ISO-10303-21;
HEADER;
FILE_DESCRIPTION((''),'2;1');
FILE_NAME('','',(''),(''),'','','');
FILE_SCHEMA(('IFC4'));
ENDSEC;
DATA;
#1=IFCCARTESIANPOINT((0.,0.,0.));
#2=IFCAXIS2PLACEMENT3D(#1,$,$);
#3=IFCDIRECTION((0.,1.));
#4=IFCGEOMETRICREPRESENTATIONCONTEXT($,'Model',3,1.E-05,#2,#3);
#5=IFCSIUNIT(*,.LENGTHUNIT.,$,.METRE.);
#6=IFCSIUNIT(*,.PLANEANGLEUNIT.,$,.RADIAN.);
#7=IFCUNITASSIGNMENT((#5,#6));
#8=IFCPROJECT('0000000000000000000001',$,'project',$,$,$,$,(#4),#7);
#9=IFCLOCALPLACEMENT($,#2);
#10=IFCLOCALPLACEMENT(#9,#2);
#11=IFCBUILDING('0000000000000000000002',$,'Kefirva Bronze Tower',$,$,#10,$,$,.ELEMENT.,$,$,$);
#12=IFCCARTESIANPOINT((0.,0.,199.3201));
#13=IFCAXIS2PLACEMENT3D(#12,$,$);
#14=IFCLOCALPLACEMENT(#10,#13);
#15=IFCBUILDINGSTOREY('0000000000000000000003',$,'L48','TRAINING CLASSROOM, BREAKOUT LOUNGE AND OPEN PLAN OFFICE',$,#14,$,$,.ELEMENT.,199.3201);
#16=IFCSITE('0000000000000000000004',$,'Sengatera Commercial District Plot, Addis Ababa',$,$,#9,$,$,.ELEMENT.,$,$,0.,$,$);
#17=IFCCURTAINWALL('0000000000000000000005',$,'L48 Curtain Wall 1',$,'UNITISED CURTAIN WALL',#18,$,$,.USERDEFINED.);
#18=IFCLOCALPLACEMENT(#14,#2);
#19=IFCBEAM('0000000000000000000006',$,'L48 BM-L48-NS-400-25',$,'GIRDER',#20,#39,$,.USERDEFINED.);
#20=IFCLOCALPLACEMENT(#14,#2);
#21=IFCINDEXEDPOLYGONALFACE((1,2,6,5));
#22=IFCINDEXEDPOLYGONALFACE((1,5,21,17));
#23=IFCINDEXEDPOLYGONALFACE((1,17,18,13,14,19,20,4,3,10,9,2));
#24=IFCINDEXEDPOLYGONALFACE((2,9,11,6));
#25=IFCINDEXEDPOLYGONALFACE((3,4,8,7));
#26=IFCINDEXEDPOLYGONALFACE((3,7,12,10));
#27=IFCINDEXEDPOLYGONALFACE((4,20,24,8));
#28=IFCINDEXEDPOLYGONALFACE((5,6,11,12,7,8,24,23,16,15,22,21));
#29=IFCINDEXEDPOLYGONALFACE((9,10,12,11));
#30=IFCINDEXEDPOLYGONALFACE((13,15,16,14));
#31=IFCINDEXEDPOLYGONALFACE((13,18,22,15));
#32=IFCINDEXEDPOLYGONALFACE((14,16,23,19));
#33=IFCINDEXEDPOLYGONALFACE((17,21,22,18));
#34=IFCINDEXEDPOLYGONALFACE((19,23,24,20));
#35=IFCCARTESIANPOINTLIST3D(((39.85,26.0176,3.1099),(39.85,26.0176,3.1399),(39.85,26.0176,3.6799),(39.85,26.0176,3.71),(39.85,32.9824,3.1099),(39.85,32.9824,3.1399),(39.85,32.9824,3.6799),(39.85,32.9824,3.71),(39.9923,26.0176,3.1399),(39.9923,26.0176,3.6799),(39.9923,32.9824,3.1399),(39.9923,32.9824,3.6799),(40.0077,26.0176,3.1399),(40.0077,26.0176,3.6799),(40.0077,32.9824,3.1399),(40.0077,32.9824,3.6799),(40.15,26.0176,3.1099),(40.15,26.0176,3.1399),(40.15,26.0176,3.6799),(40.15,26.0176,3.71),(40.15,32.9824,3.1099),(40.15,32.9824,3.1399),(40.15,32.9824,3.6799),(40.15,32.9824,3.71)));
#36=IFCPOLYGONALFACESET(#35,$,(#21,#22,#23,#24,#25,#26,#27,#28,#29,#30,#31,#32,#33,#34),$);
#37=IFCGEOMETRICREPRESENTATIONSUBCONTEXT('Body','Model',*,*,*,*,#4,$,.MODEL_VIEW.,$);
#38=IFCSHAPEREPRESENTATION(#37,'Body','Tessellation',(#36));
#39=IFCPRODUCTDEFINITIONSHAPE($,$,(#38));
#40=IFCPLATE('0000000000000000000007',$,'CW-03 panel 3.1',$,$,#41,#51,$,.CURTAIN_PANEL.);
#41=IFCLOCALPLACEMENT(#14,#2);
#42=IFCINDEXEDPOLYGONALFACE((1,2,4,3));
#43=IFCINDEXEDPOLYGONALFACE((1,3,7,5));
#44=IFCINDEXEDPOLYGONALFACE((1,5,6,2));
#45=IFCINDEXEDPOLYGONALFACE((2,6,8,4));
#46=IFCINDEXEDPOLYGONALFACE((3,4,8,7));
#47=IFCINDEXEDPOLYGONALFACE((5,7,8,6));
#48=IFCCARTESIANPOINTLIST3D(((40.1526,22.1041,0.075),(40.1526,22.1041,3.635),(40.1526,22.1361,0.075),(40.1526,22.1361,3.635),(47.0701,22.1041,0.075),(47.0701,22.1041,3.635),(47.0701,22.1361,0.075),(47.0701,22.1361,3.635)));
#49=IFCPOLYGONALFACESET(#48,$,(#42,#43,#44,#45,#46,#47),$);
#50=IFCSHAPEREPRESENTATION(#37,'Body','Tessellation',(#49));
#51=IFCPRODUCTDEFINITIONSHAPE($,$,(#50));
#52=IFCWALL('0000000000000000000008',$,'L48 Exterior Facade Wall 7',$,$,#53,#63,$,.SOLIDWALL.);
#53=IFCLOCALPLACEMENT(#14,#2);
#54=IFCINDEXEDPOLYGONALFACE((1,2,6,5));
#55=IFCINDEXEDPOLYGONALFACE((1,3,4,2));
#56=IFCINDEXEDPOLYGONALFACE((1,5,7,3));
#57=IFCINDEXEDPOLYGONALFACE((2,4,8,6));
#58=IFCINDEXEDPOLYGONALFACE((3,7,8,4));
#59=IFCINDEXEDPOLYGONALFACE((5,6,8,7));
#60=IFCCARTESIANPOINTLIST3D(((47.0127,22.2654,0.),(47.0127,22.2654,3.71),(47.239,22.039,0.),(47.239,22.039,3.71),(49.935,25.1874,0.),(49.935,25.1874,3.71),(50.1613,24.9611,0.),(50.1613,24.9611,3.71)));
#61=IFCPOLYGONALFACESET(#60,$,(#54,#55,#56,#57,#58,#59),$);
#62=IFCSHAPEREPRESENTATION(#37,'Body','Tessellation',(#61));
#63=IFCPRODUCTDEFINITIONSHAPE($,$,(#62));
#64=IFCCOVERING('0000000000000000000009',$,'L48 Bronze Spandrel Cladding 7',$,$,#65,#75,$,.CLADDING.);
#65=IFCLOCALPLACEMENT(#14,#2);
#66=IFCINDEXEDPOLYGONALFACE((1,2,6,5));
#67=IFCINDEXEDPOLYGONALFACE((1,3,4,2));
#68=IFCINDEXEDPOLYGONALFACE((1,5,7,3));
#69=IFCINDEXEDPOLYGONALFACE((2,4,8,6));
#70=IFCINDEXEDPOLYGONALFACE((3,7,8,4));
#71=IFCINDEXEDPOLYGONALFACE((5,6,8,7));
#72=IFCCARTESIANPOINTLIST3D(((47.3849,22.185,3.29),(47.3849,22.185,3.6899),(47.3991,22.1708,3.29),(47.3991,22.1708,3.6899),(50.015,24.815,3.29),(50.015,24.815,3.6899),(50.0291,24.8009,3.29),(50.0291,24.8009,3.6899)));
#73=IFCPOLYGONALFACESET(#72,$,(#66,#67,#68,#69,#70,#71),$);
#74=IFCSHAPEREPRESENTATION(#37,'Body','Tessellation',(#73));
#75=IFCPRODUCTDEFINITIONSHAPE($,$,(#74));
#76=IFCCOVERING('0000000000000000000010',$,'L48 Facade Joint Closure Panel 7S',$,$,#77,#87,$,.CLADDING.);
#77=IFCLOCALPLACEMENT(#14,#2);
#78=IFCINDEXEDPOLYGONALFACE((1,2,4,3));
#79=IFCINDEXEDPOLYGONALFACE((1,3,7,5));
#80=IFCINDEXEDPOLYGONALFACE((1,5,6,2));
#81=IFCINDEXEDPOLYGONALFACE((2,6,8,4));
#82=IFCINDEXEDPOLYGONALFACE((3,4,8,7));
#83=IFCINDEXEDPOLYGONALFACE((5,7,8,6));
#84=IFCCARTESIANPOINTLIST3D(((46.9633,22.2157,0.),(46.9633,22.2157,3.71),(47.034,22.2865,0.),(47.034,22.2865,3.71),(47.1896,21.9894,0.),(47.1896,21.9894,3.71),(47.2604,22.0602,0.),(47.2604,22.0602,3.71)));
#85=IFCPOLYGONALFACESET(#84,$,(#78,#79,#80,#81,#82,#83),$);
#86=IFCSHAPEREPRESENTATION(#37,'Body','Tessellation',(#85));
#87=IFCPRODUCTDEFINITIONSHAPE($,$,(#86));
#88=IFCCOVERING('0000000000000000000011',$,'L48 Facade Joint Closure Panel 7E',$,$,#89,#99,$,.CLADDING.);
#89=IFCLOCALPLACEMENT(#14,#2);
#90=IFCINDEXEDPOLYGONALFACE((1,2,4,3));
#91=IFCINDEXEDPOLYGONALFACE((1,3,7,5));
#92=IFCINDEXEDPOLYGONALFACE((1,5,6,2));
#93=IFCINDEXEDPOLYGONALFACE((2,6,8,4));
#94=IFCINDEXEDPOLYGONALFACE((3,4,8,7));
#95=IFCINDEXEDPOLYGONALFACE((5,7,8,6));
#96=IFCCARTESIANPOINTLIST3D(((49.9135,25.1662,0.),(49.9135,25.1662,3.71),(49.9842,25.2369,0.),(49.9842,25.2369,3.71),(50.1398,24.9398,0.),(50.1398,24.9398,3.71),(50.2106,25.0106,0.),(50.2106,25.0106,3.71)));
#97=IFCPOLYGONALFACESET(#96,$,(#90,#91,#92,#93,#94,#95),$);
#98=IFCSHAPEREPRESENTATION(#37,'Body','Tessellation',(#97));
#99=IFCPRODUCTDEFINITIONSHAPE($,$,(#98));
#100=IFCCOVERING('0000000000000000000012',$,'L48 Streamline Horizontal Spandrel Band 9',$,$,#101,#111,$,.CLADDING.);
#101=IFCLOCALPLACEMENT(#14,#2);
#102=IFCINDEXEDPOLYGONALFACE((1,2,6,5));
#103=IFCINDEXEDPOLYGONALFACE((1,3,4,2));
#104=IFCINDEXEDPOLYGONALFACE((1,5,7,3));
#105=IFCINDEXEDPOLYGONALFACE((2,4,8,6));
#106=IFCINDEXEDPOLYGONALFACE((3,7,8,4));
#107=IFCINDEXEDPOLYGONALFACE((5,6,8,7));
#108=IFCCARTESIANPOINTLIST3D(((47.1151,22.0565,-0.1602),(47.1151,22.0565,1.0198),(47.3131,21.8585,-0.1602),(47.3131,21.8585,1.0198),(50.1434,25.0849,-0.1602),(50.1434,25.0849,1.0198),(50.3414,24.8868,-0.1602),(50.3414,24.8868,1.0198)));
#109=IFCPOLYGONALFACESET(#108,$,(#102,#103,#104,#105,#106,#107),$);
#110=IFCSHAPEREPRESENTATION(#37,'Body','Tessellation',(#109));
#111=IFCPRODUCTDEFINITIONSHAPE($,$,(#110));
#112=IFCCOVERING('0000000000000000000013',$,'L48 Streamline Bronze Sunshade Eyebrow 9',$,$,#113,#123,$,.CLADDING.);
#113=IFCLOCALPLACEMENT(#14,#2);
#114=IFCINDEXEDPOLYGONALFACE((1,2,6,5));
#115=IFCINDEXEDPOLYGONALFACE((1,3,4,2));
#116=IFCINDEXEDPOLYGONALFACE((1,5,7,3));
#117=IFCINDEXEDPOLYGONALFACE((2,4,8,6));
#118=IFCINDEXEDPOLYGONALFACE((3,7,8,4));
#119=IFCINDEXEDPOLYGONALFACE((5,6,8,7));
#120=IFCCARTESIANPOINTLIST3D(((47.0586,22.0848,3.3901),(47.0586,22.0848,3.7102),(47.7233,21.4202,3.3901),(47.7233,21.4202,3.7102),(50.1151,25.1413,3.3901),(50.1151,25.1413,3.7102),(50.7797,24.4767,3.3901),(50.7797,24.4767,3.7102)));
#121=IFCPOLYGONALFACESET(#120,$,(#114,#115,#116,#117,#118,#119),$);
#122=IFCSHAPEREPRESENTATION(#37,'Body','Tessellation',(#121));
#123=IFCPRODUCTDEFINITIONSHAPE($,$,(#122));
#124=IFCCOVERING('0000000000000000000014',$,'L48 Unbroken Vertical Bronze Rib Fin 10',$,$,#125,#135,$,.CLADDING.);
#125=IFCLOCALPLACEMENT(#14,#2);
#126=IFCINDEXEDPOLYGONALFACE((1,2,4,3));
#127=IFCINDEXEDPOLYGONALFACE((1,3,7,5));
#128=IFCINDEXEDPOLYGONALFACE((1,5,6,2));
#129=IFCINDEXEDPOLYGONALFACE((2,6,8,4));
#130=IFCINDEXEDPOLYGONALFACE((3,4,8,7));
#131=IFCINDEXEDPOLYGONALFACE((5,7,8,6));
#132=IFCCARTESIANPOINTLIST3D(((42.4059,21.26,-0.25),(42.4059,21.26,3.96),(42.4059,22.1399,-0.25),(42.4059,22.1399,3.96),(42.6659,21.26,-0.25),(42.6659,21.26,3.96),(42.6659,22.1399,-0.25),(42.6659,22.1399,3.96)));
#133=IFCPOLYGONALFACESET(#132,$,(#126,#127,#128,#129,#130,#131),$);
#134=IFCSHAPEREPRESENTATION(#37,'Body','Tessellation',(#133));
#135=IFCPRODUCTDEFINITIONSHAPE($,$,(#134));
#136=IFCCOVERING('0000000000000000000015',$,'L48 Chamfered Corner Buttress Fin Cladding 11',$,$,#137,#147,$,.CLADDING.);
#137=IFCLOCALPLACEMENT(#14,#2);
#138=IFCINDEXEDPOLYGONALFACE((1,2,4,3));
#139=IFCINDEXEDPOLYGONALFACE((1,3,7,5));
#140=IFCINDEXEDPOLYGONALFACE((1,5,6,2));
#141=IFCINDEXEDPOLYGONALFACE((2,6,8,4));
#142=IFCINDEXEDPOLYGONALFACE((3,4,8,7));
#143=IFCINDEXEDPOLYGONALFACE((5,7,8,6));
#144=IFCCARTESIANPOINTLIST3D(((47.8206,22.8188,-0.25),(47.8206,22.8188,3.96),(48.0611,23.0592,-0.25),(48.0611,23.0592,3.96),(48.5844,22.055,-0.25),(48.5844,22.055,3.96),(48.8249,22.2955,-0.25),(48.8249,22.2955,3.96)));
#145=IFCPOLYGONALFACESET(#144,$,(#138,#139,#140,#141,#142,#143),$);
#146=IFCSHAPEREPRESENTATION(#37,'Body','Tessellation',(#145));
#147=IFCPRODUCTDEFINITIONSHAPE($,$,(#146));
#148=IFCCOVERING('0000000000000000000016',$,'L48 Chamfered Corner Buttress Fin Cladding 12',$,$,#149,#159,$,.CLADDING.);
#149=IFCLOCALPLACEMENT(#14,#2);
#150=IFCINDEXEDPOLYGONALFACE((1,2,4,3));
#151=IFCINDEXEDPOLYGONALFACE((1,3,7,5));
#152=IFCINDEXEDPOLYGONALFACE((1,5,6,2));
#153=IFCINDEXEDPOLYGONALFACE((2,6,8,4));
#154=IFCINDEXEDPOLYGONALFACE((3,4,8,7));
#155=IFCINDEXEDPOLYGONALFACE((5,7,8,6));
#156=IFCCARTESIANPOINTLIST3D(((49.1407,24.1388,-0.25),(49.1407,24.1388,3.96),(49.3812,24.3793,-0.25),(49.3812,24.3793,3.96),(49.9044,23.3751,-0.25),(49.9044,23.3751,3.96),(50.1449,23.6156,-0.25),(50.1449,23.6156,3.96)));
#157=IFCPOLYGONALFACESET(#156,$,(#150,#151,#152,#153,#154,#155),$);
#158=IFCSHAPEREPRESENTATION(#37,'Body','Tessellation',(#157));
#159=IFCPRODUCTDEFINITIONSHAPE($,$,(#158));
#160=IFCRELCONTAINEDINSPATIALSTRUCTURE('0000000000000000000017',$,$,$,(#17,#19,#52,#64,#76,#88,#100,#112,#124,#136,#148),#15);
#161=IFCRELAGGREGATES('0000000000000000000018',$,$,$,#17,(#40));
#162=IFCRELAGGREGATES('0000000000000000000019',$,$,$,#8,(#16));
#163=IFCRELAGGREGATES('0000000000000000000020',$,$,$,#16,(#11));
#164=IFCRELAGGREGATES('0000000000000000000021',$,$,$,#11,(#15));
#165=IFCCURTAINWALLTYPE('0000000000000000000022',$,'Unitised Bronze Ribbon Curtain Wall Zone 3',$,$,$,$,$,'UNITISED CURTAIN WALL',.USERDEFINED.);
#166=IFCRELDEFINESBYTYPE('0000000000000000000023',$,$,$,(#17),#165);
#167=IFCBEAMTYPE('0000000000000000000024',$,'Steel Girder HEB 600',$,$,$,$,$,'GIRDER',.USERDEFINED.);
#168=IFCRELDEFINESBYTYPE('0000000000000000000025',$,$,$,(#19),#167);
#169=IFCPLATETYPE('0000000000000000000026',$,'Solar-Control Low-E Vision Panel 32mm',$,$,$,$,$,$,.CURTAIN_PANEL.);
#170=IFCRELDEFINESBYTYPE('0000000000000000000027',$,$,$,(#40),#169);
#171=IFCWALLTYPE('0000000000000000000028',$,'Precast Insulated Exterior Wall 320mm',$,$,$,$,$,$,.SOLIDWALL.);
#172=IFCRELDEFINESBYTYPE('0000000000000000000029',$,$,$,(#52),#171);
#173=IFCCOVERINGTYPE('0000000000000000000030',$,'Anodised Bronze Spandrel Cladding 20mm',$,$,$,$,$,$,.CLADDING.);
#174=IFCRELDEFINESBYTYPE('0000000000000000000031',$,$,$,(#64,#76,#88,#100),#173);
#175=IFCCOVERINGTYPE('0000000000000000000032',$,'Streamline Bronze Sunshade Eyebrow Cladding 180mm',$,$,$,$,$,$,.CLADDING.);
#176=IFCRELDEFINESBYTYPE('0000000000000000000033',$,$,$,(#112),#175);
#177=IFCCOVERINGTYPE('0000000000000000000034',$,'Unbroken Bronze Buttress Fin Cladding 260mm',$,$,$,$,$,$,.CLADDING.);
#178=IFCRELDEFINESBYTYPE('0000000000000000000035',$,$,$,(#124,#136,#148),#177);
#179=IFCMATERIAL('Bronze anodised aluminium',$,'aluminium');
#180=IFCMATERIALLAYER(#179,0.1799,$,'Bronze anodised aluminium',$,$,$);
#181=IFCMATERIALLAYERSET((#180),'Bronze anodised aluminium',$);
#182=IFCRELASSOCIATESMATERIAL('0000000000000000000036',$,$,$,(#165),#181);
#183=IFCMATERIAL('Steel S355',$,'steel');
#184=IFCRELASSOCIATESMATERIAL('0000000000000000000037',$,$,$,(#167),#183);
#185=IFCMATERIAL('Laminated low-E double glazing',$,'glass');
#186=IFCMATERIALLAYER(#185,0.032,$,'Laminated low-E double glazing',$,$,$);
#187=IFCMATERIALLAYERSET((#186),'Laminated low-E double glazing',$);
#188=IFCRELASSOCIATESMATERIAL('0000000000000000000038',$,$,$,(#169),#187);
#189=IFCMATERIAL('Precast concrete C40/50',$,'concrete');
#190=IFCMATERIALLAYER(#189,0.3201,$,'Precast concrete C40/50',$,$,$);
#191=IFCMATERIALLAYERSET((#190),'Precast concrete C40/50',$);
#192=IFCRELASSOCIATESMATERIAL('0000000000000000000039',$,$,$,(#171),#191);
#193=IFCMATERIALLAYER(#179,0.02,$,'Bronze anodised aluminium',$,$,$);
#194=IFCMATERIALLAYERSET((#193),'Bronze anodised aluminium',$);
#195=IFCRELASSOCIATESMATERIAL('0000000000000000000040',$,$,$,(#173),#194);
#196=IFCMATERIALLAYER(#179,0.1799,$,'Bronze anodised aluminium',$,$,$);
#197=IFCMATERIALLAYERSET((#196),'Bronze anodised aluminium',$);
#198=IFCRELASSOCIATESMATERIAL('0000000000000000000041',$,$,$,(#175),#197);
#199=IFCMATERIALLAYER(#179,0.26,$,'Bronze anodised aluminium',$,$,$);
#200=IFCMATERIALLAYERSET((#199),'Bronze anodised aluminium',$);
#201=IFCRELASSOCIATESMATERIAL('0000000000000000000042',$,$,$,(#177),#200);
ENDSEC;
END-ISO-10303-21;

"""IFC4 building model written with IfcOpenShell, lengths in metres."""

from ifc_helpers import new_model, si_unit, direction, frame, frame_2d, origin, origin_2d, place, context, subcontext, project, spatial, rectangle, i_section, extrude, material, layer, layer_set, material_profile, profile_set, type_object, element, aggregate, save


model = new_model("IFC4")

# Units and contexts
model_context = context("Model", 3, precision=1e-05, world=origin(), true_north=direction((0.0, 1.0)))
body_context = subcontext(model_context, "Body", "Model", "MODEL_VIEW")
ifc_project = project(units=[si_unit("LENGTHUNIT", "METRE"), si_unit("PLANEANGLEUNIT", "RADIAN")], contexts=[model_context])

# Site, building, storey
site_placement = place(None, origin())
site = spatial("IfcSite", under=ifc_project, at=site_placement, Name="Sengatera Commercial District Plot, Addis Ababa", CompositionType="ELEMENT", RefElevation=0.0)
building_placement = place(site_placement, origin())
building = spatial("IfcBuilding", under=site, at=building_placement, Name="Kefirva Bronze Tower", CompositionType="ELEMENT")
storey_placement = place(building_placement, frame((0.0, 0.0, 199.3201)))
storey = spatial("IfcBuildingStorey", under=building, at=storey_placement, Name="L48", Description="TRAINING CLASSROOM, BREAKOUT LOUNGE AND OPEN PLAN OFFICE", CompositionType="ELEMENT", Elevation=199.3201)

# Curtain wall
ifc_material_1 = material(Name="Bronze anodised aluminium", Category="aluminium")
ifc_layer_1 = layer(ifc_material_1, 0.1799, Name="Bronze anodised aluminium")
ifc_layer_set_1 = layer_set([ifc_layer_1], Name="Bronze anodised aluminium")
curtain_wall_type = type_object("IfcCurtainWallType", Name="Unitised Bronze Ribbon Curtain Wall Zone 3", ElementType="UNITISED CURTAIN WALL", PredefinedType="USERDEFINED", material=ifc_layer_set_1)
curtain_wall_1_placement = place(storey_placement, origin())
curtain_wall_1 = element("IfcCurtainWall", 1, at=curtain_wall_1_placement, inside=storey, type_object=curtain_wall_type, Name="L48 Curtain Wall 1", ObjectType="UNITISED CURTAIN WALL", PredefinedType="USERDEFINED")

# Beam
ifc_material_2 = material(Name="Steel S355", Category="steel")
ifc_material_profile_1 = material_profile(ifc_material_2, i_section(OverallWidth=0.3, OverallDepth=0.6001, WebThickness=0.0154, FlangeThickness=0.03, at=origin_2d()), Name="HEB 600")
ifc_profile_set_1 = profile_set([ifc_material_profile_1], Name="Steel S355")
beam_type = type_object("IfcBeamType", Name="Steel Girder HEB 600", ElementType="GIRDER", PredefinedType="USERDEFINED", material=ifc_profile_set_1)
beam_1_placement = place(storey_placement, frame((40.0, 26.0176, 3.4099), z_axis=(0.0, 1.0, 0.0), x_axis=(-1.0, 0.0, 0.0)))
element("IfcBeam", 2, at=beam_1_placement, inside=storey, type_object=beam_type, Name="L48 BM-L48-NS-400-25", ObjectType="GIRDER", PredefinedType="USERDEFINED", context=body_context, shape_type="SweptSolid", body=[
    extrude(i_section(OverallWidth=0.3, OverallDepth=0.6001, WebThickness=0.0154, FlangeThickness=0.03, at=origin_2d()), origin(), (0.0, 0.0, 1.0), 6.9648),
])

# Plate
ifc_material_3 = material(Name="Laminated low-E double glazing", Category="glass")
ifc_layer_2 = layer(ifc_material_3, 0.032, Name="Laminated low-E double glazing")
ifc_layer_set_2 = layer_set([ifc_layer_2], Name="Laminated low-E double glazing")
plate_type = type_object("IfcPlateType", Name="Solar-Control Low-E Vision Panel 32mm", PredefinedType="CURTAIN_PANEL", material=ifc_layer_set_2)
plate_placement = place(storey_placement, frame((43.6113, 22.1201, 0.075), z_axis=(0.0, 0.0, 1.0), x_axis=(1.0, 0.0, 0.0)))
plate = element("IfcPlate", 3, at=plate_placement, type_object=plate_type, Name="CW-03 panel 3.1", PredefinedType="CURTAIN_PANEL", context=body_context, shape_type="SweptSolid", body=[
    extrude(rectangle(XDim=6.9175, YDim=0.032, at=origin_2d()), origin(), (0.0, 0.0, 1.0), 3.5601),
])
aggregate(curtain_wall_1, [plate])

# Wall
ifc_material_4 = material(Name="Precast concrete C40/50", Category="concrete")
ifc_layer_3 = layer(ifc_material_4, 0.3201, Name="Precast concrete C40/50")
ifc_layer_set_3 = layer_set([ifc_layer_3], Name="Precast concrete C40/50")
wall_type = type_object("IfcWallType", Name="Precast Insulated Exterior Wall 320mm", PredefinedType="SOLIDWALL", material=ifc_layer_set_3)
wall_placement = place(storey_placement, frame((47.1257, 22.1521, 0.0), z_axis=(0.0, 0.0, 1.0), x_axis=(0.707136, 0.707077, 0.0)))
element("IfcWall", 4, at=wall_placement, inside=storey, type_object=wall_type, Name="L48 Exterior Facade Wall 7", PredefinedType="SOLIDWALL", context=body_context, shape_type="SweptSolid", body=[
    extrude(rectangle(XDim=4.1326, YDim=0.3201, at=frame_2d((2.0664, 0.0))), origin(), (0.0, 0.0, 1.0), 3.71),
])

# Coverings
ifc_layer_4 = layer(ifc_material_1, 0.02, Name="Bronze anodised aluminium")
ifc_layer_set_4 = layer_set([ifc_layer_4], Name="Bronze anodised aluminium")
covering_type_1 = type_object("IfcCoveringType", Name="Anodised Bronze Spandrel Cladding 20mm", PredefinedType="CLADDING", material=ifc_layer_set_4)
covering_1_placement = place(storey_placement, frame((48.707, 23.4929, 3.29), z_axis=(0.0, 0.0, 1.0), x_axis=(0.707107, 0.707107, 0.0)))
element("IfcCovering", 5, at=covering_1_placement, inside=storey, type_object=covering_type_1, Name="L48 Bronze Spandrel Cladding 7", PredefinedType="CLADDING", context=body_context, shape_type="SweptSolid", body=[
    extrude(rectangle(XDim=3.7195, YDim=0.02, at=origin_2d()), origin(), (0.0, 0.0, 1.0), 0.3999),
])
for number, where, z_axis, x_axis, name in (
    (6, (47.1118, 22.1379, 0.0), (0.0, 0.0, 1.0), (0.707107, 0.707107, 0.0), "L48 Facade Joint Closure Panel 7S"),
    (7, (50.062, 25.0884, 0.0), (0.0, 0.0, 1.0), (0.707107, 0.707107, 0.0), "L48 Facade Joint Closure Panel 7E"),
):
    element("IfcCovering", number, at=place(storey_placement, frame(where, z_axis=z_axis, x_axis=x_axis)), inside=storey, type_object=covering_type_1, Name=name, PredefinedType="CLADDING", context=body_context, shape_type="SweptSolid", body=[
        extrude(rectangle(XDim=0.1001, YDim=0.3201, at=origin_2d()), origin(), (0.0, 0.0, 1.0), 3.71),
    ])
covering_2_placement = place(storey_placement, frame((48.7283, 23.4717, -0.1602), z_axis=(0.0, 0.0, 1.0), x_axis=(0.707107, 0.707107, 0.0)))
element("IfcCovering", 8, at=covering_2_placement, inside=storey, type_object=covering_type_1, Name="L48 Streamline Horizontal Spandrel Band 9", PredefinedType="CLADDING", context=body_context, shape_type="SweptSolid", body=[
    extrude(rectangle(XDim=4.2827, YDim=0.28, at=origin_2d()), origin(), (0.0, 0.0, 1.0), 1.1799),
])
ifc_layer_5 = layer(ifc_material_1, 0.1799, Name="Bronze anodised aluminium")
ifc_layer_set_5 = layer_set([ifc_layer_5], Name="Bronze anodised aluminium")
covering_type_2 = type_object("IfcCoveringType", Name="Streamline Bronze Sunshade Eyebrow Cladding 180mm", PredefinedType="CLADDING", material=ifc_layer_set_5)
covering_3_placement = place(storey_placement, frame((48.9192, 23.2808, 3.3901), z_axis=(0.0, 0.0, 1.0), x_axis=(0.707107, 0.707107, 0.0)))
element("IfcCovering", 9, at=covering_3_placement, inside=storey, type_object=covering_type_2, Name="L48 Streamline Bronze Sunshade Eyebrow 9", PredefinedType="CLADDING", context=body_context, shape_type="SweptSolid", body=[
    extrude(rectangle(XDim=4.3225, YDim=0.9399, at=origin_2d()), origin(), (0.0, 0.0, 1.0), 0.3201),
])
ifc_layer_6 = layer(ifc_material_1, 0.26, Name="Bronze anodised aluminium")
ifc_layer_set_6 = layer_set([ifc_layer_6], Name="Bronze anodised aluminium")
covering_type_3 = type_object("IfcCoveringType", Name="Unbroken Bronze Buttress Fin Cladding 260mm", PredefinedType="CLADDING", material=ifc_layer_set_6)
covering_4_placement = place(storey_placement, frame((42.5359, 21.7, -0.25), z_axis=(0.0, 0.0, 1.0), x_axis=(1.0, 0.0, 0.0)))
element("IfcCovering", 10, at=covering_4_placement, inside=storey, type_object=covering_type_3, Name="L48 Unbroken Vertical Bronze Rib Fin 10", PredefinedType="CLADDING", context=body_context, shape_type="SweptSolid", body=[
    extrude(rectangle(XDim=0.26, YDim=0.8799, at=origin_2d()), origin(), (0.0, 0.0, 1.0), 4.21),
])
for number, where, z_axis, x_axis, name in (
    (11, (48.3228, 22.5571, -0.25), (0.0, 0.0, 1.0), (0.707107, 0.707107, 0.0), "L48 Chamfered Corner Buttress Fin Cladding 11"),
    (12, (49.6428, 23.8772, -0.25), (0.0, 0.0, 1.0), (0.707107, 0.707107, 0.0), "L48 Chamfered Corner Buttress Fin Cladding 12"),
):
    element("IfcCovering", number, at=place(storey_placement, frame(where, z_axis=z_axis, x_axis=x_axis)), inside=storey, type_object=covering_type_3, Name=name, PredefinedType="CLADDING", context=body_context, shape_type="SweptSolid", body=[
        extrude(rectangle(XDim=0.3401, YDim=1.0801, at=origin_2d()), origin(), (0.0, 0.0, 1.0), 4.21),
    ])

save(model, "model.ifc")
